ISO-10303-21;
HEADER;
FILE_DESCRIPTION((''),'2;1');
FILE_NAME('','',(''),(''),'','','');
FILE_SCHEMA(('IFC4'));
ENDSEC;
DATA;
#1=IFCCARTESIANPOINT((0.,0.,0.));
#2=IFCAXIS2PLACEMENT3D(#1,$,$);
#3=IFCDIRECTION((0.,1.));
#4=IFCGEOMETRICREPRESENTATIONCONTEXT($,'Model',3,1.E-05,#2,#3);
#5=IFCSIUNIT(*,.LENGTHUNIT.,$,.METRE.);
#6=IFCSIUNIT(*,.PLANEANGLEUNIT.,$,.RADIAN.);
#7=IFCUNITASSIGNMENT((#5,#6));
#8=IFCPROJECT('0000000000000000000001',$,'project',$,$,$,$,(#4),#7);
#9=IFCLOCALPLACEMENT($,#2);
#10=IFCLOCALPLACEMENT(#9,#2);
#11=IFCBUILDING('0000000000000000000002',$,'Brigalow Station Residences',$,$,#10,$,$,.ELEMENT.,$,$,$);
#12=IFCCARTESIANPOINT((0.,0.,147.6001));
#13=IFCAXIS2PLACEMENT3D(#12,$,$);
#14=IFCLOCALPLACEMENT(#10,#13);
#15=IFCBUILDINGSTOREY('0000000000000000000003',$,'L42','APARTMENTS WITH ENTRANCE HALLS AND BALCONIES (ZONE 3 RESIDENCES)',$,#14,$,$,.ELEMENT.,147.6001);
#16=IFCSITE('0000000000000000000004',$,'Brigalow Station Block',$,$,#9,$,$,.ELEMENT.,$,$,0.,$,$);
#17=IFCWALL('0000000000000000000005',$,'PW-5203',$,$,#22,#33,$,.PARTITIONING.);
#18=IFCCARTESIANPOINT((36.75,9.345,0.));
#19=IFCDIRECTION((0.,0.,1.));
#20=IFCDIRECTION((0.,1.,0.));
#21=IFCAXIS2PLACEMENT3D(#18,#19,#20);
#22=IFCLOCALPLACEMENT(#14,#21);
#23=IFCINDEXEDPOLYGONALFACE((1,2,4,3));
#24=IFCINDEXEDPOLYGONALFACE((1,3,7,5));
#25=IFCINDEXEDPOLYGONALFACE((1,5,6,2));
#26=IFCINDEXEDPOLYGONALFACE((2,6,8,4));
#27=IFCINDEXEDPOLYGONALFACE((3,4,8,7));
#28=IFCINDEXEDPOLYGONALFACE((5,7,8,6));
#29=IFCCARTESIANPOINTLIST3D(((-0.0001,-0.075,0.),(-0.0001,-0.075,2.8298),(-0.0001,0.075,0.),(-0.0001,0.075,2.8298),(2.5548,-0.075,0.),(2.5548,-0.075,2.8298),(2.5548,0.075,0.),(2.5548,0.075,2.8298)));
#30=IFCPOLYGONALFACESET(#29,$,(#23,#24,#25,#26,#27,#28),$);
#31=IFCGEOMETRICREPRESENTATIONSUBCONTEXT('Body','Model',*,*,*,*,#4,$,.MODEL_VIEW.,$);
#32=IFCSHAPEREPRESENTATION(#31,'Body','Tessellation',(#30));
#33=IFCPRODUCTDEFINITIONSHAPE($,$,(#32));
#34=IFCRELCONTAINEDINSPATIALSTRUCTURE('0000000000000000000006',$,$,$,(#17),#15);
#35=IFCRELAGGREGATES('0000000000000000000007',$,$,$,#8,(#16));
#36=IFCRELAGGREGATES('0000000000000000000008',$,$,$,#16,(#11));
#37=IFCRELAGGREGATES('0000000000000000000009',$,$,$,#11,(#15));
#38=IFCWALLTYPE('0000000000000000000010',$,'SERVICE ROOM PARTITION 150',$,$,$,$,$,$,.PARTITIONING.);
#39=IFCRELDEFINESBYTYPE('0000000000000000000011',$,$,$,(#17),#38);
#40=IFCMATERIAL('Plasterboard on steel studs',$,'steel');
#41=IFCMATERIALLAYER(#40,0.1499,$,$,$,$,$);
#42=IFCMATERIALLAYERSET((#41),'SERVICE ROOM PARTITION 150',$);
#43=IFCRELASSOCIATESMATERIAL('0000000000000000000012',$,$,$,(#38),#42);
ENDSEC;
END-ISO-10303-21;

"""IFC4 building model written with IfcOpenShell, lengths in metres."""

from ifc_helpers import new_model, si_unit, direction, frame, frame_2d, origin, place, context, subcontext, project, spatial, rectangle, extrude, material, layer, layer_set, type_object, element, save


model = new_model("IFC4")

# Units and contexts
model_context = context("Model", 3, precision=1e-05, world=origin(), true_north=direction((0.0, 1.0)))
body_context = subcontext(model_context, "Body", "Model", "MODEL_VIEW")
ifc_project = project(units=[si_unit("LENGTHUNIT", "METRE"), si_unit("PLANEANGLEUNIT", "RADIAN")], contexts=[model_context])

# Site, building, storey
site_placement = place(None, origin())
site = spatial("IfcSite", under=ifc_project, at=site_placement, Name="Brigalow Station Block", CompositionType="ELEMENT", RefElevation=0.0)
building_placement = place(site_placement, origin())
building = spatial("IfcBuilding", under=site, at=building_placement, Name="Brigalow Station Residences", CompositionType="ELEMENT")
storey_placement = place(building_placement, frame((0.0, 0.0, 147.6001)))
storey = spatial("IfcBuildingStorey", under=building, at=storey_placement, Name="L42", Description="APARTMENTS WITH ENTRANCE HALLS AND BALCONIES (ZONE 3 RESIDENCES)", CompositionType="ELEMENT", Elevation=147.6001)

# Shared definitions
ifc_material_1 = material(Name="Plasterboard on steel studs", Category="steel")
ifc_layer_1 = layer(ifc_material_1, 0.1499)
ifc_layer_set_1 = layer_set([ifc_layer_1], Name="SERVICE ROOM PARTITION 150")
wall_type_1 = type_object("IfcWallType", Name="SERVICE ROOM PARTITION 150", PredefinedType="PARTITIONING", material=ifc_layer_set_1)

# Wall
wall_1_placement = place(storey_placement, frame((36.75, 9.345, 0.0), z_axis=(0.0, 0.0, 1.0), x_axis=(0.0, 1.0, 0.0)))
element("IfcWall", 1, at=wall_1_placement, inside=storey, type_object=wall_type_1, Name="PW-5203", PredefinedType="PARTITIONING", context=body_context, shape_type="SweptSolid", body=[
    extrude(rectangle(XDim=2.5549, YDim=0.1499, at=frame_2d((1.2773, 0.0))), origin(), (0.0, 0.0, 1.0), 2.8298),
])

save(model, "model.ifc")
